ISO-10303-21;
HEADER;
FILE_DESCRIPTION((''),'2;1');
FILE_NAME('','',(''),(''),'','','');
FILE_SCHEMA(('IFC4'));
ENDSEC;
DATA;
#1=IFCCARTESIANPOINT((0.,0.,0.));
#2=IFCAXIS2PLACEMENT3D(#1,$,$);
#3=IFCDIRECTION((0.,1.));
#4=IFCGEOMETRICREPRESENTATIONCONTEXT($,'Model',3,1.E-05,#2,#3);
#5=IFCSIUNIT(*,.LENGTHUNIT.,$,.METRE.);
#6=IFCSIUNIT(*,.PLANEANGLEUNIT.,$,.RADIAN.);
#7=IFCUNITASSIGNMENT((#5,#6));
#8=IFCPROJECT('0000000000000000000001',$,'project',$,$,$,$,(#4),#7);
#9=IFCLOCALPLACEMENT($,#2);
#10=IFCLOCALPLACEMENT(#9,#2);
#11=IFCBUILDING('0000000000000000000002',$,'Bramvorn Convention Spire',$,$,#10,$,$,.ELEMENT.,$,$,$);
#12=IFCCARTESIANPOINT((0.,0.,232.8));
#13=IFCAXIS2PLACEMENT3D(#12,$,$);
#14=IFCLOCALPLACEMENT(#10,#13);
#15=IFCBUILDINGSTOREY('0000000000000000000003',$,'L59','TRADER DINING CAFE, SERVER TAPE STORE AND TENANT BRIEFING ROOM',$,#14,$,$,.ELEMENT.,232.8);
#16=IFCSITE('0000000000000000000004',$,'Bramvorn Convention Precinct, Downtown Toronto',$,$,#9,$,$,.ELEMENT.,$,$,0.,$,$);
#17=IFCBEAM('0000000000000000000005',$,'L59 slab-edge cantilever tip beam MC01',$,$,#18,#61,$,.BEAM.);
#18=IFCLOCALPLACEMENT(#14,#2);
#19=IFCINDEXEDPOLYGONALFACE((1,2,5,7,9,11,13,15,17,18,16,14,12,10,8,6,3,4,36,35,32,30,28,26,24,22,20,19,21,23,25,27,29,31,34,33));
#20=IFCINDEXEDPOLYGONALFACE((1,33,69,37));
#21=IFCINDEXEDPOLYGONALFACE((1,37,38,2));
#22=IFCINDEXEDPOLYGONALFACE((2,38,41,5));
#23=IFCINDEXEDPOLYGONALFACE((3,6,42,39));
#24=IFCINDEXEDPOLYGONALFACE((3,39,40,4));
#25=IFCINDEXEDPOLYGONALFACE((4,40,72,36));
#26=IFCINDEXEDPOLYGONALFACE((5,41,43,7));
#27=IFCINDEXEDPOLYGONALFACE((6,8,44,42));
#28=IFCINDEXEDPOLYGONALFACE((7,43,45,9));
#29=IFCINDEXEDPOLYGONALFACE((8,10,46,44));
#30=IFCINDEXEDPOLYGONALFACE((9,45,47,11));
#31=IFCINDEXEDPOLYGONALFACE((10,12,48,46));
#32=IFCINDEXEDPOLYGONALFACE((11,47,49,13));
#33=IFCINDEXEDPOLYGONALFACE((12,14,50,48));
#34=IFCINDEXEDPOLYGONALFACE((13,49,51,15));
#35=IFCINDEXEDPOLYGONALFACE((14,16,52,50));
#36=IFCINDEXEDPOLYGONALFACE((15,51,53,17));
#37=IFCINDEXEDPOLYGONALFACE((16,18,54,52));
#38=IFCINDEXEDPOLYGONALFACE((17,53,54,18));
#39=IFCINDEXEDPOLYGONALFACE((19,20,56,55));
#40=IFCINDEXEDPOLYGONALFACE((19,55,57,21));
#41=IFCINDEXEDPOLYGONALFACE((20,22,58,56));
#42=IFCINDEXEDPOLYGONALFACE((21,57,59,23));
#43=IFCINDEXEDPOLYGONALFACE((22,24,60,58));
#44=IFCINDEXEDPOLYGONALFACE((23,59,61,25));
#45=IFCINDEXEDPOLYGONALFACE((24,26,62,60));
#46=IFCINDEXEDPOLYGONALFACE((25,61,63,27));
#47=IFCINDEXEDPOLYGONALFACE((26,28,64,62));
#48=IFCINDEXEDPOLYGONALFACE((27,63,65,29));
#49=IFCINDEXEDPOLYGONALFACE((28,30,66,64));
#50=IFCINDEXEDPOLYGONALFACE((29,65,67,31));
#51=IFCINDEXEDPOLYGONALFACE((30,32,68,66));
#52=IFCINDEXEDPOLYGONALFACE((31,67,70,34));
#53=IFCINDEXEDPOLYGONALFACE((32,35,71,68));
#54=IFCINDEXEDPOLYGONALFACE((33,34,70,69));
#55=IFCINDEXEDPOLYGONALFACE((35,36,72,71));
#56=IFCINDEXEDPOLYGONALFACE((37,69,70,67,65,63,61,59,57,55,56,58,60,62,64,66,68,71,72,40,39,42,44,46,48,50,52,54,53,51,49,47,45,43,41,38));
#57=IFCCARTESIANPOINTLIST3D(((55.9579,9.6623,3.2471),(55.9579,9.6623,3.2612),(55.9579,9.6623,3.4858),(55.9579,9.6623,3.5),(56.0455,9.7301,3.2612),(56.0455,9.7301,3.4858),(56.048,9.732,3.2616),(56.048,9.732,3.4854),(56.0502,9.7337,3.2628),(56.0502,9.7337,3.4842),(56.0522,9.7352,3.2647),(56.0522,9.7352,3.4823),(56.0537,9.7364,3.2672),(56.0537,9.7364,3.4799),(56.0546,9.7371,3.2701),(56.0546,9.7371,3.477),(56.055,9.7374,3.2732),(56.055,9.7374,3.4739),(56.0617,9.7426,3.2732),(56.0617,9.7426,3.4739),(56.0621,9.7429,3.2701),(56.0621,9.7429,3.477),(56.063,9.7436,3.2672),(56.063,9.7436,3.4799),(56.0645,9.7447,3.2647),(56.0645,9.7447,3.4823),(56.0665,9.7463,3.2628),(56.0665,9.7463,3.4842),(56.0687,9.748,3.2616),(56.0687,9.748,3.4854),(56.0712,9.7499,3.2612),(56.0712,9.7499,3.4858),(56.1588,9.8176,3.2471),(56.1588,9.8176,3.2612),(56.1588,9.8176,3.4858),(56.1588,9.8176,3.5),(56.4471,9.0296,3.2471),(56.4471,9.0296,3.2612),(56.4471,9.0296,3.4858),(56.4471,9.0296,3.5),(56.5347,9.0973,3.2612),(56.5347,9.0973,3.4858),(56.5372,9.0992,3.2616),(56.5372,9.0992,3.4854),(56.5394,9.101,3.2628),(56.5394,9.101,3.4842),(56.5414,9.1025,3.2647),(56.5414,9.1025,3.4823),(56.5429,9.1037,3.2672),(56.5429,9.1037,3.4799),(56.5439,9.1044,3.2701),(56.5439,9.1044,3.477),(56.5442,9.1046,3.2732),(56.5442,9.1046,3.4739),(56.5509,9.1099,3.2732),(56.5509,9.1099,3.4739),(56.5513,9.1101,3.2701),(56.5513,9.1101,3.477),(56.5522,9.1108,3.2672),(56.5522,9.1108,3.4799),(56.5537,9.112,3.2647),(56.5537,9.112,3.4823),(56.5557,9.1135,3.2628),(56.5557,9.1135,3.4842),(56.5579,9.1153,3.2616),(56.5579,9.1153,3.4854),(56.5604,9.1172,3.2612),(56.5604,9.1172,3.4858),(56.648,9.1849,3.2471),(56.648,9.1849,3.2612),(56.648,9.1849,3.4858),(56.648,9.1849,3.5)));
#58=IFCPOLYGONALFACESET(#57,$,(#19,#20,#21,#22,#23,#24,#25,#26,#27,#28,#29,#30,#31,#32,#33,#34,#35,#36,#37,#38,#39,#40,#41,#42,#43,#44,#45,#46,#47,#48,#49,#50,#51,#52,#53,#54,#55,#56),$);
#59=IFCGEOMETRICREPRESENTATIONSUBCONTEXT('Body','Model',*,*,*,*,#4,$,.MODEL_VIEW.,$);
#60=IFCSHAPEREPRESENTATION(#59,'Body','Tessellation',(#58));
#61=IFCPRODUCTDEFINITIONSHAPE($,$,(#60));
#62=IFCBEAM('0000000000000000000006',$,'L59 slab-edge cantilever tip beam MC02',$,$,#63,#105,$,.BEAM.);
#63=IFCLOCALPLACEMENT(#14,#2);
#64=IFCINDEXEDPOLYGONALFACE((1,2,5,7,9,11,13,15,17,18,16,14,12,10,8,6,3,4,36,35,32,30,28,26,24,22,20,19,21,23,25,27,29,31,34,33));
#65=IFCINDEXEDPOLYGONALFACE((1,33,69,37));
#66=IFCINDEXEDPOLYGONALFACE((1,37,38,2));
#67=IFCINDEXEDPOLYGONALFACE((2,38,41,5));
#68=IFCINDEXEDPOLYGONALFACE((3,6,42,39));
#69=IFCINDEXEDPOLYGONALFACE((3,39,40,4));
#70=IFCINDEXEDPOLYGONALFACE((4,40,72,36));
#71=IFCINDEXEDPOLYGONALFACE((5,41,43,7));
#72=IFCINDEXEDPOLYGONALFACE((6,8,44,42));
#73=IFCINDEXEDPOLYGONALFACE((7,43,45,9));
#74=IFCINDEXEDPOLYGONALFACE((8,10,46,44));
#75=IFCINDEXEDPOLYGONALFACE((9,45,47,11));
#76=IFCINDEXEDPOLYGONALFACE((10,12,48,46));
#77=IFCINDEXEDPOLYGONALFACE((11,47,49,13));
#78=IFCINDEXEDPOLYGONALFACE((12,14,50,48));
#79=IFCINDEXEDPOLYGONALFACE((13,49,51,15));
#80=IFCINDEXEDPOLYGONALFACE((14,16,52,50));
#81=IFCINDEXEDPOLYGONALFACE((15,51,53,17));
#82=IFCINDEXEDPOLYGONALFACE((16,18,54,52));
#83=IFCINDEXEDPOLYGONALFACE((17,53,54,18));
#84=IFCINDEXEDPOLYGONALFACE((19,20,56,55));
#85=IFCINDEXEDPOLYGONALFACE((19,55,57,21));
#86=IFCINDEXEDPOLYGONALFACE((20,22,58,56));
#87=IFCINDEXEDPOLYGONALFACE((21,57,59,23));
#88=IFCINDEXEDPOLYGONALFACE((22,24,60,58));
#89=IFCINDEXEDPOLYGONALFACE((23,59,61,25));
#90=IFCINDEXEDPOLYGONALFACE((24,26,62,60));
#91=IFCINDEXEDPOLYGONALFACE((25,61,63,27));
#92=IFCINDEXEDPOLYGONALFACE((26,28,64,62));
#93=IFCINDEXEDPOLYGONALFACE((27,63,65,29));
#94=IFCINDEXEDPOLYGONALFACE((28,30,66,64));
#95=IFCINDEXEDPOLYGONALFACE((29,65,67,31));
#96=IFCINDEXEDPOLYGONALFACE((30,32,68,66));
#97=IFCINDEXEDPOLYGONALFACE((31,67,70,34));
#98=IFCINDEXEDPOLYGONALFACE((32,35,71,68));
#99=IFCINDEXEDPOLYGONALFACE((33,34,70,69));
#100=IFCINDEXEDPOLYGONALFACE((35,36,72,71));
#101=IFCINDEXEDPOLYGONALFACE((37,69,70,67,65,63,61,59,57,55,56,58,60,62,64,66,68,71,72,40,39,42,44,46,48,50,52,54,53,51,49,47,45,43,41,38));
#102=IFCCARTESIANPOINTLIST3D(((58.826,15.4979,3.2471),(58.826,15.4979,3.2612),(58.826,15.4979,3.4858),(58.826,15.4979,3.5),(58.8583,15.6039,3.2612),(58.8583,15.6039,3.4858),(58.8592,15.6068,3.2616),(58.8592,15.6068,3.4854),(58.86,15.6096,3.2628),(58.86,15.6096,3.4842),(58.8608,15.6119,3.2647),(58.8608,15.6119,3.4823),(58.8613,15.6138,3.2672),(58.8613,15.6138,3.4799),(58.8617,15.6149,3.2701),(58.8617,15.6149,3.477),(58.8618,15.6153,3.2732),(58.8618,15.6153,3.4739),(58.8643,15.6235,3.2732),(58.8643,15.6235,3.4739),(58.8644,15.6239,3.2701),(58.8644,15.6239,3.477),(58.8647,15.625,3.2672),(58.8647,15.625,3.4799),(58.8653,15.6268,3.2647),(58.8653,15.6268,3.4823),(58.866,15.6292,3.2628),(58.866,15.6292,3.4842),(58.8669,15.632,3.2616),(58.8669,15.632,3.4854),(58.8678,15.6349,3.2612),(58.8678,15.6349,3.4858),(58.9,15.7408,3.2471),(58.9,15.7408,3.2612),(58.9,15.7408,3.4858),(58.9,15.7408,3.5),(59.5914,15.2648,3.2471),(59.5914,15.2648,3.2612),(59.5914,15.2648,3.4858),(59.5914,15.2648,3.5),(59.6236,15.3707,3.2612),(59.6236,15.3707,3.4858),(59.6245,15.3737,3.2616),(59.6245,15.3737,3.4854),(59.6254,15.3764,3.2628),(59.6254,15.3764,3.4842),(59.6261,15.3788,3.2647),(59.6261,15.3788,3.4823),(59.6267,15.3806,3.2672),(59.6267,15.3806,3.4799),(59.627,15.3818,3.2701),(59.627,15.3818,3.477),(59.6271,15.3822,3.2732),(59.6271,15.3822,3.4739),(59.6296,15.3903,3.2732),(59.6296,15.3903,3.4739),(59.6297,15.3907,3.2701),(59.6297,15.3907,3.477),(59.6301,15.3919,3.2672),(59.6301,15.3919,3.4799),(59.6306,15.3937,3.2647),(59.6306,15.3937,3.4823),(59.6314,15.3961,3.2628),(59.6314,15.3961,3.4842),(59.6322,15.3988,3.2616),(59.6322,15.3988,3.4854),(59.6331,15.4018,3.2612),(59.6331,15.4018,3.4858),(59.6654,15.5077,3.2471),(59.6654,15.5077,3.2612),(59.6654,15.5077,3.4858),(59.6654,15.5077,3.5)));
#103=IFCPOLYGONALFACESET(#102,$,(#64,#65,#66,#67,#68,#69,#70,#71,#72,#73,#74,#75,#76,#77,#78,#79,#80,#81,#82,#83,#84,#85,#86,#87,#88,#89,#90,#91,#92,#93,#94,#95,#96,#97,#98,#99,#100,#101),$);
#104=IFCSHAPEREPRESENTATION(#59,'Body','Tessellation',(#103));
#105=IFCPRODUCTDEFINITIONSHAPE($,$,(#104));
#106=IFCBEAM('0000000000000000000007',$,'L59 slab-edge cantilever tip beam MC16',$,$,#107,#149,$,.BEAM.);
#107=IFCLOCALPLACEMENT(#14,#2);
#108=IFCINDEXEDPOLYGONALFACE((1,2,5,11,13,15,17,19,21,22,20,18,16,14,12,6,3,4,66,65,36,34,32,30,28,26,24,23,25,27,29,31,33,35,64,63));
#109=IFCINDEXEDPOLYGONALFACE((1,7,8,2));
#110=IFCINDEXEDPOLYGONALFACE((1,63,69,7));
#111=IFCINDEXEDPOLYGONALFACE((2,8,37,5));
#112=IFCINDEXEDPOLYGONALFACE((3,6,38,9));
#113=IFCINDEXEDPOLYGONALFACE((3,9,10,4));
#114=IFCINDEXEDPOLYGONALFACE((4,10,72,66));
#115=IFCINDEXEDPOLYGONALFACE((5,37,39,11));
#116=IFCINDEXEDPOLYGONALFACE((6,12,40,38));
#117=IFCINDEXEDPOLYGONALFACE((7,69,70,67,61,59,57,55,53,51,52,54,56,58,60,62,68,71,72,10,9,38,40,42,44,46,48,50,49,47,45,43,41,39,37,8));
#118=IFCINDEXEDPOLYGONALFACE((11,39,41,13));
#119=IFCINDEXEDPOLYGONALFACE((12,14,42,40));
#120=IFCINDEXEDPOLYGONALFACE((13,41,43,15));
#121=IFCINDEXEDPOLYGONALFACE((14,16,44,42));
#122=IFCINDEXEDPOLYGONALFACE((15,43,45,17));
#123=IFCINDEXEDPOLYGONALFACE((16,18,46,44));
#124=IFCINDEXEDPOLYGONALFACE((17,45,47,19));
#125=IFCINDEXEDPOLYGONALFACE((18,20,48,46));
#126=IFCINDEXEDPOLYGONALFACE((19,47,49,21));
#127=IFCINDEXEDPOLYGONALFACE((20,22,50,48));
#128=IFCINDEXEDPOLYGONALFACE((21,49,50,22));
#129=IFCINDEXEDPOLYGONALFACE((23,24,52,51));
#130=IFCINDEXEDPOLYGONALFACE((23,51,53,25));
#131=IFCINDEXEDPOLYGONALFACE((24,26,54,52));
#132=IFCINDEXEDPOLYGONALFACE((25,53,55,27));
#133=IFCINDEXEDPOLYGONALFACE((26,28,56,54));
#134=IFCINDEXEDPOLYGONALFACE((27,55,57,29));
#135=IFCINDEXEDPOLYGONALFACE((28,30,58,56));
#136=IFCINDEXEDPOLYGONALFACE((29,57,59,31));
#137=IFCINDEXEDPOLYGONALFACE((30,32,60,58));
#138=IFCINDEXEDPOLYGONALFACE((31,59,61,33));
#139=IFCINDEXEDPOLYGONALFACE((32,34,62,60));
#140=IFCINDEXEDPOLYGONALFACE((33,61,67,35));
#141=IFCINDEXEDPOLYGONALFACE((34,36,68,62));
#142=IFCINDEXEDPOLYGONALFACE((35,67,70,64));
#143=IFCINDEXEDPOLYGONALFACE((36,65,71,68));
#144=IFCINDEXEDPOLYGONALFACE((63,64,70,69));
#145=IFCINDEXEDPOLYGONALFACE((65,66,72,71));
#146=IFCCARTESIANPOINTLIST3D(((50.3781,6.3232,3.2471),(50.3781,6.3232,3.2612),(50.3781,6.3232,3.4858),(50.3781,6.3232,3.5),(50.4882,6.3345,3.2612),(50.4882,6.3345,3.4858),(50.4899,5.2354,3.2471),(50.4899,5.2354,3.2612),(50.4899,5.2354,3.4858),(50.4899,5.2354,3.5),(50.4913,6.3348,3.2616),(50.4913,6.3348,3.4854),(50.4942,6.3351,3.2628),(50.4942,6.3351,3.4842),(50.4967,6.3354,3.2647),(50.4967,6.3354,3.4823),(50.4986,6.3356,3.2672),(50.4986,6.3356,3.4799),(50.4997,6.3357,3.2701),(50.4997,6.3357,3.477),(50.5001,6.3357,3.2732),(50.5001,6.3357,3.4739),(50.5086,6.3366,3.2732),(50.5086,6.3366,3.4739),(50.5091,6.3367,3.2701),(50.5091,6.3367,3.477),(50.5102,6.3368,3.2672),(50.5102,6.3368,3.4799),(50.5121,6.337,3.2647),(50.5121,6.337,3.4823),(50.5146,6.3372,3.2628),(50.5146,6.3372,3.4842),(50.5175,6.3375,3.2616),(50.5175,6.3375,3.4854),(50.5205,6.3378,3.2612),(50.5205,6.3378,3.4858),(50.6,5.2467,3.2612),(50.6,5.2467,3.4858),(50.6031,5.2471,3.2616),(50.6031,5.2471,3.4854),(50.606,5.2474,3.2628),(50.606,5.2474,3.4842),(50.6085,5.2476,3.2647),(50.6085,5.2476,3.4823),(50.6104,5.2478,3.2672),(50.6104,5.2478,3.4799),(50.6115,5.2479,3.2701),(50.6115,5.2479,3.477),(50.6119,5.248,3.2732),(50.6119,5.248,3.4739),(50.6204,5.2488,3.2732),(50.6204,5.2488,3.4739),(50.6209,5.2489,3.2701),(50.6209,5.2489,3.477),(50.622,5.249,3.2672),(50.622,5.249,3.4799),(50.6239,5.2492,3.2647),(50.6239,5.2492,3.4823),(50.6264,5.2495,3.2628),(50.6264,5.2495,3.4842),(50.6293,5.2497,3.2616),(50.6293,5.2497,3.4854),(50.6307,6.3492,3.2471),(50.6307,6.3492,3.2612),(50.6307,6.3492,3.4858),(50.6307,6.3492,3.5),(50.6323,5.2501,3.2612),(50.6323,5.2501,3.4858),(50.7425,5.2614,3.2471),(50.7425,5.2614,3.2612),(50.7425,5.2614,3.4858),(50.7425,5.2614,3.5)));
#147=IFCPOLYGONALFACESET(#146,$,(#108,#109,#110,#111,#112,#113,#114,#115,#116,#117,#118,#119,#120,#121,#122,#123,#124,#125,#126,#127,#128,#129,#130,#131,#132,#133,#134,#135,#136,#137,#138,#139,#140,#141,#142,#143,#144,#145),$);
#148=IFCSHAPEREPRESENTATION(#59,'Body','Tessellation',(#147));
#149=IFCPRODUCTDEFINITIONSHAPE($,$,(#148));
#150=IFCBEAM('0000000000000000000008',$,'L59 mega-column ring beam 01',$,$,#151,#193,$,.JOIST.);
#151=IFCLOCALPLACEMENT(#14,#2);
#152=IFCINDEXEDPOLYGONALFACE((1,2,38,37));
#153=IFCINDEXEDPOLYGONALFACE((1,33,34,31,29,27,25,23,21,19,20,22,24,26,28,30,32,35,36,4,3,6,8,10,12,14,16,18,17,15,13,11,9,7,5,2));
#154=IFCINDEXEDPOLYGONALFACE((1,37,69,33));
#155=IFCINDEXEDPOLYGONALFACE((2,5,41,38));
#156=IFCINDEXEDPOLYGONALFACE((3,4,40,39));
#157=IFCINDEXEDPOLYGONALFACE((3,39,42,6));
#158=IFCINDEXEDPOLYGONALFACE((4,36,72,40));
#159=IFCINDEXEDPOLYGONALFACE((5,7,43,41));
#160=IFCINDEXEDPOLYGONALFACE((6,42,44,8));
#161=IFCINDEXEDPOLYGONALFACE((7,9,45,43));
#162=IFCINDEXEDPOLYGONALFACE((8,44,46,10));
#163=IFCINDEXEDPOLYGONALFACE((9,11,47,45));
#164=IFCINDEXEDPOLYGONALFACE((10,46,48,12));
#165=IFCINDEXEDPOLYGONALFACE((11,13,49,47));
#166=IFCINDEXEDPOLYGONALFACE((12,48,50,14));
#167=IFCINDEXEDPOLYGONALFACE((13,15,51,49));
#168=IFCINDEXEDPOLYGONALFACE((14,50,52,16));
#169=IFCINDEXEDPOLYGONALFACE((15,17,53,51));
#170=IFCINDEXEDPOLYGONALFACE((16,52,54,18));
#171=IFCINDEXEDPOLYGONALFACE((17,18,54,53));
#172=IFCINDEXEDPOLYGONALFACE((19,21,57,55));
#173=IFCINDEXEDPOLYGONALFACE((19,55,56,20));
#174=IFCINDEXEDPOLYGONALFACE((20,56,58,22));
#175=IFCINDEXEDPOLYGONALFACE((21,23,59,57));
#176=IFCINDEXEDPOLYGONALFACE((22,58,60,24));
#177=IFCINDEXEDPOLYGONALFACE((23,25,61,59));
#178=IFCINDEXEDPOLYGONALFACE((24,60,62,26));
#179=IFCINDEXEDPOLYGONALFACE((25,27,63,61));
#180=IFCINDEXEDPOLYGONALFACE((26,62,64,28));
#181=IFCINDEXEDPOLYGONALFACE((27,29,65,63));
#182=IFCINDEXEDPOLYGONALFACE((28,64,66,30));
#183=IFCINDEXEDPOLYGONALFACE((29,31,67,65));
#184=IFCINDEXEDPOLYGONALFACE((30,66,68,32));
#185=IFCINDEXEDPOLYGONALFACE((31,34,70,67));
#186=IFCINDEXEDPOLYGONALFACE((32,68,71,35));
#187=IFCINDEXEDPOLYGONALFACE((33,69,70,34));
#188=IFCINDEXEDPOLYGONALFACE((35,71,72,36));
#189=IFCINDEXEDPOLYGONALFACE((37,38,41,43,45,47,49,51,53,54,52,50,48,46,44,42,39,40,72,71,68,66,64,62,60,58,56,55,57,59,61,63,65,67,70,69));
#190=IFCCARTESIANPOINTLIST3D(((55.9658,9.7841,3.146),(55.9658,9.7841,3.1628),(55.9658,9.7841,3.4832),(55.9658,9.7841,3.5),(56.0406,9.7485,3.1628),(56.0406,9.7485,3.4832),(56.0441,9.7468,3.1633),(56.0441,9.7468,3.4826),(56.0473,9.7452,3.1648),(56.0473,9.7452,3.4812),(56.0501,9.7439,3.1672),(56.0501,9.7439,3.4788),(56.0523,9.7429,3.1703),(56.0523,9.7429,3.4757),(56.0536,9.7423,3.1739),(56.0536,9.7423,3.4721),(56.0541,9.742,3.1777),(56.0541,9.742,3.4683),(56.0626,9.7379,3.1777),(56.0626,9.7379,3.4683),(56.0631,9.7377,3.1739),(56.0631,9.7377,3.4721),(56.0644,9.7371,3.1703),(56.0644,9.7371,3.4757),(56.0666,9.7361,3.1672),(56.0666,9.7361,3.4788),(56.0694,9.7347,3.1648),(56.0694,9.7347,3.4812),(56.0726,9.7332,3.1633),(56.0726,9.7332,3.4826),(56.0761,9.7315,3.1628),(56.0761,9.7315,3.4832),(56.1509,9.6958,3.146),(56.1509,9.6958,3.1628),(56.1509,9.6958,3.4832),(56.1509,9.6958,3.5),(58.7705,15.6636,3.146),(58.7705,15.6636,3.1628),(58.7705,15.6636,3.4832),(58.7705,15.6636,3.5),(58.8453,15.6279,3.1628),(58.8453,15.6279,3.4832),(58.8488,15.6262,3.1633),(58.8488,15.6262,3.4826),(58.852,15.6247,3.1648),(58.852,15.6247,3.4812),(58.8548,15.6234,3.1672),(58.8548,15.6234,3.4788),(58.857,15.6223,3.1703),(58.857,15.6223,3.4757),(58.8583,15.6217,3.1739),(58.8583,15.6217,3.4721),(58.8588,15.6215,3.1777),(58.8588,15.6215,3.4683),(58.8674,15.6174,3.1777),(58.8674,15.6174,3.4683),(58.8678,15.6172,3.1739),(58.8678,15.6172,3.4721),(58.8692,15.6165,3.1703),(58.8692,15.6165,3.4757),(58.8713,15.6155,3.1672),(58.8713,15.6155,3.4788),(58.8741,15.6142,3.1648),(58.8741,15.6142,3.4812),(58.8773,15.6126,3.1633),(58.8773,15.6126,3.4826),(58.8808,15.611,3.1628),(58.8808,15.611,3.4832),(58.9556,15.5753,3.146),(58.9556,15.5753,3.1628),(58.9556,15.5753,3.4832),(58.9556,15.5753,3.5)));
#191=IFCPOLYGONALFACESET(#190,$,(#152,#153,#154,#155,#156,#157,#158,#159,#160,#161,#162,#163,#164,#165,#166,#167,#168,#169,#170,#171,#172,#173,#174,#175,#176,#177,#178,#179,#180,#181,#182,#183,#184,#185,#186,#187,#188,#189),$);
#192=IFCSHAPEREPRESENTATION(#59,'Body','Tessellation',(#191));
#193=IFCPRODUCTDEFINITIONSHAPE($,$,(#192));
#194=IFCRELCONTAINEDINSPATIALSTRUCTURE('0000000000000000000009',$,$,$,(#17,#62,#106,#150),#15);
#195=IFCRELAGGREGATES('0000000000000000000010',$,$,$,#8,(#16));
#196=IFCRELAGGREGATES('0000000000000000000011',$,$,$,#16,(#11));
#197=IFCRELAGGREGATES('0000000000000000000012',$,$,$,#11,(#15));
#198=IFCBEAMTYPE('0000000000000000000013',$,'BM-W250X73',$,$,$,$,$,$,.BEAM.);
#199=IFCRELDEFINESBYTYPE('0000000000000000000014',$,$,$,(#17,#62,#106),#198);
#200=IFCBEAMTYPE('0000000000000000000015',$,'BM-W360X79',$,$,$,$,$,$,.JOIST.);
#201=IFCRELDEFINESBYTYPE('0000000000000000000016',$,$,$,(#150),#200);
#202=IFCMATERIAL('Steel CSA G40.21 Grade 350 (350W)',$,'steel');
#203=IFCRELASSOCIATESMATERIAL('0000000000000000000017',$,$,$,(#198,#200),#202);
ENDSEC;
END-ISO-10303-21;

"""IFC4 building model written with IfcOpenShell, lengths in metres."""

from ifc_helpers import new_model, si_unit, direction, frame, origin, origin_2d, place, context, subcontext, project, spatial, i_section, extrude, material, material_profile, profile_set, type_object, element, save


model = new_model("IFC4")

# Units and contexts
model_context = context("Model", 3, precision=1e-05, world=origin(), true_north=direction((0.0, 1.0)))
body_context = subcontext(model_context, "Body", "Model", "MODEL_VIEW")
ifc_project = project(units=[si_unit("LENGTHUNIT", "METRE"), si_unit("PLANEANGLEUNIT", "RADIAN")], contexts=[model_context])

# Site, building, storey
site_placement = place(None, origin())
site = spatial("IfcSite", under=ifc_project, at=site_placement, Name="Bramvorn Convention Precinct, Downtown Toronto", CompositionType="ELEMENT", RefElevation=0.0)
building_placement = place(site_placement, origin())
building = spatial("IfcBuilding", under=site, at=building_placement, Name="Bramvorn Convention Spire", CompositionType="ELEMENT")
storey_placement = place(building_placement, frame((0.0, 0.0, 232.8)))
storey = spatial("IfcBuildingStorey", under=building, at=storey_placement, Name="L59", Description="TRADER DINING CAFE, SERVER TAPE STORE AND TENANT BRIEFING ROOM", CompositionType="ELEMENT", Elevation=232.8)

# Shared definitions
ifc_material_1 = material(Name="Steel CSA G40.21 Grade 350 (350W)", Category="steel")

# Beams
ifc_material_profile_1 = material_profile(ifc_material_1, i_section(OverallWidth=0.2539, OverallDepth=0.2529, WebThickness=0.0085, FlangeThickness=0.0142, FilletRadius=0.012, at=origin_2d()))
ifc_profile_set_1 = profile_set([ifc_material_profile_1], Name="Steel CSA G40.21 Grade 350 (350W) - W250X73")
beam_type_1 = type_object("IfcBeamType", Name="BM-W250X73", PredefinedType="BEAM", material=ifc_profile_set_1)
beam_1_placement = place(storey_placement, frame((56.0583, 9.74, 3.3735), z_axis=(0.611656, -0.791124, 0.0), x_axis=(0.791124, 0.611656, 0.0)))
element("IfcBeam", 1, at=beam_1_placement, inside=storey, type_object=beam_type_1, Name="L59 slab-edge cantilever tip beam MC01", PredefinedType="BEAM", context=body_context, shape_type="SweptSolid", body=[
    extrude(i_section(OverallWidth=0.2539, OverallDepth=0.2529, WebThickness=0.0085, FlangeThickness=0.0142, FilletRadius=0.012, at=origin_2d()), origin(), (0.0, 0.0, 1.0), 0.7998),
])
beam_2_placement = place(storey_placement, frame((58.863, 15.6194, 3.3735), z_axis=(0.9566, -0.291404, 0.0), x_axis=(0.291404, 0.9566, 0.0)))
element("IfcBeam", 2, at=beam_2_placement, inside=storey, type_object=beam_type_1, Name="L59 slab-edge cantilever tip beam MC02", PredefinedType="BEAM", context=body_context, shape_type="SweptSolid", body=[
    extrude(i_section(OverallWidth=0.2539, OverallDepth=0.2529, WebThickness=0.0085, FlangeThickness=0.0142, FilletRadius=0.012, at=origin_2d()), origin(), (0.0, 0.0, 1.0), 0.8),
])
beam_3_placement = place(storey_placement, frame((50.5044, 6.3362, 3.3735), z_axis=(0.102244, -0.994759, 0.0), x_axis=(0.994759, 0.102244, 0.0)))
element("IfcBeam", 3, at=beam_3_placement, inside=storey, type_object=beam_type_1, Name="L59 slab-edge cantilever tip beam MC16", PredefinedType="BEAM", context=body_context, shape_type="SweptSolid", body=[
    extrude(i_section(OverallWidth=0.2539, OverallDepth=0.2529, WebThickness=0.0085, FlangeThickness=0.0142, FilletRadius=0.012, at=origin_2d()), origin(), (0.0, 0.0, 1.0), 1.0935),
])
ifc_material_profile_2 = material_profile(ifc_material_1, i_section(OverallWidth=0.2051, OverallDepth=0.354, WebThickness=0.0095, FlangeThickness=0.0168, FilletRadius=0.0149, at=origin_2d()))
ifc_profile_set_2 = profile_set([ifc_material_profile_2], Name="Steel CSA G40.21 Grade 350 (350W) - W360X79")
beam_type_2 = type_object("IfcBeamType", Name="BM-W360X79", PredefinedType="JOIST", material=ifc_profile_set_2)
beam_4_placement = place(storey_placement, frame((56.0583, 9.74, 3.323), z_axis=(0.430556, 0.902564, 0.0), x_axis=(-0.902564, 0.430556, 0.0)))
element("IfcBeam", 4, at=beam_4_placement, inside=storey, type_object=beam_type_2, Name="L59 mega-column ring beam 01", PredefinedType="JOIST", context=body_context, shape_type="SweptSolid", body=[
    extrude(i_section(OverallWidth=0.2051, OverallDepth=0.354, WebThickness=0.0095, FlangeThickness=0.0168, FilletRadius=0.0149, at=origin_2d()), origin(), (0.0, 0.0, 1.0), 6.5142),
])

save(model, "model.ifc")
